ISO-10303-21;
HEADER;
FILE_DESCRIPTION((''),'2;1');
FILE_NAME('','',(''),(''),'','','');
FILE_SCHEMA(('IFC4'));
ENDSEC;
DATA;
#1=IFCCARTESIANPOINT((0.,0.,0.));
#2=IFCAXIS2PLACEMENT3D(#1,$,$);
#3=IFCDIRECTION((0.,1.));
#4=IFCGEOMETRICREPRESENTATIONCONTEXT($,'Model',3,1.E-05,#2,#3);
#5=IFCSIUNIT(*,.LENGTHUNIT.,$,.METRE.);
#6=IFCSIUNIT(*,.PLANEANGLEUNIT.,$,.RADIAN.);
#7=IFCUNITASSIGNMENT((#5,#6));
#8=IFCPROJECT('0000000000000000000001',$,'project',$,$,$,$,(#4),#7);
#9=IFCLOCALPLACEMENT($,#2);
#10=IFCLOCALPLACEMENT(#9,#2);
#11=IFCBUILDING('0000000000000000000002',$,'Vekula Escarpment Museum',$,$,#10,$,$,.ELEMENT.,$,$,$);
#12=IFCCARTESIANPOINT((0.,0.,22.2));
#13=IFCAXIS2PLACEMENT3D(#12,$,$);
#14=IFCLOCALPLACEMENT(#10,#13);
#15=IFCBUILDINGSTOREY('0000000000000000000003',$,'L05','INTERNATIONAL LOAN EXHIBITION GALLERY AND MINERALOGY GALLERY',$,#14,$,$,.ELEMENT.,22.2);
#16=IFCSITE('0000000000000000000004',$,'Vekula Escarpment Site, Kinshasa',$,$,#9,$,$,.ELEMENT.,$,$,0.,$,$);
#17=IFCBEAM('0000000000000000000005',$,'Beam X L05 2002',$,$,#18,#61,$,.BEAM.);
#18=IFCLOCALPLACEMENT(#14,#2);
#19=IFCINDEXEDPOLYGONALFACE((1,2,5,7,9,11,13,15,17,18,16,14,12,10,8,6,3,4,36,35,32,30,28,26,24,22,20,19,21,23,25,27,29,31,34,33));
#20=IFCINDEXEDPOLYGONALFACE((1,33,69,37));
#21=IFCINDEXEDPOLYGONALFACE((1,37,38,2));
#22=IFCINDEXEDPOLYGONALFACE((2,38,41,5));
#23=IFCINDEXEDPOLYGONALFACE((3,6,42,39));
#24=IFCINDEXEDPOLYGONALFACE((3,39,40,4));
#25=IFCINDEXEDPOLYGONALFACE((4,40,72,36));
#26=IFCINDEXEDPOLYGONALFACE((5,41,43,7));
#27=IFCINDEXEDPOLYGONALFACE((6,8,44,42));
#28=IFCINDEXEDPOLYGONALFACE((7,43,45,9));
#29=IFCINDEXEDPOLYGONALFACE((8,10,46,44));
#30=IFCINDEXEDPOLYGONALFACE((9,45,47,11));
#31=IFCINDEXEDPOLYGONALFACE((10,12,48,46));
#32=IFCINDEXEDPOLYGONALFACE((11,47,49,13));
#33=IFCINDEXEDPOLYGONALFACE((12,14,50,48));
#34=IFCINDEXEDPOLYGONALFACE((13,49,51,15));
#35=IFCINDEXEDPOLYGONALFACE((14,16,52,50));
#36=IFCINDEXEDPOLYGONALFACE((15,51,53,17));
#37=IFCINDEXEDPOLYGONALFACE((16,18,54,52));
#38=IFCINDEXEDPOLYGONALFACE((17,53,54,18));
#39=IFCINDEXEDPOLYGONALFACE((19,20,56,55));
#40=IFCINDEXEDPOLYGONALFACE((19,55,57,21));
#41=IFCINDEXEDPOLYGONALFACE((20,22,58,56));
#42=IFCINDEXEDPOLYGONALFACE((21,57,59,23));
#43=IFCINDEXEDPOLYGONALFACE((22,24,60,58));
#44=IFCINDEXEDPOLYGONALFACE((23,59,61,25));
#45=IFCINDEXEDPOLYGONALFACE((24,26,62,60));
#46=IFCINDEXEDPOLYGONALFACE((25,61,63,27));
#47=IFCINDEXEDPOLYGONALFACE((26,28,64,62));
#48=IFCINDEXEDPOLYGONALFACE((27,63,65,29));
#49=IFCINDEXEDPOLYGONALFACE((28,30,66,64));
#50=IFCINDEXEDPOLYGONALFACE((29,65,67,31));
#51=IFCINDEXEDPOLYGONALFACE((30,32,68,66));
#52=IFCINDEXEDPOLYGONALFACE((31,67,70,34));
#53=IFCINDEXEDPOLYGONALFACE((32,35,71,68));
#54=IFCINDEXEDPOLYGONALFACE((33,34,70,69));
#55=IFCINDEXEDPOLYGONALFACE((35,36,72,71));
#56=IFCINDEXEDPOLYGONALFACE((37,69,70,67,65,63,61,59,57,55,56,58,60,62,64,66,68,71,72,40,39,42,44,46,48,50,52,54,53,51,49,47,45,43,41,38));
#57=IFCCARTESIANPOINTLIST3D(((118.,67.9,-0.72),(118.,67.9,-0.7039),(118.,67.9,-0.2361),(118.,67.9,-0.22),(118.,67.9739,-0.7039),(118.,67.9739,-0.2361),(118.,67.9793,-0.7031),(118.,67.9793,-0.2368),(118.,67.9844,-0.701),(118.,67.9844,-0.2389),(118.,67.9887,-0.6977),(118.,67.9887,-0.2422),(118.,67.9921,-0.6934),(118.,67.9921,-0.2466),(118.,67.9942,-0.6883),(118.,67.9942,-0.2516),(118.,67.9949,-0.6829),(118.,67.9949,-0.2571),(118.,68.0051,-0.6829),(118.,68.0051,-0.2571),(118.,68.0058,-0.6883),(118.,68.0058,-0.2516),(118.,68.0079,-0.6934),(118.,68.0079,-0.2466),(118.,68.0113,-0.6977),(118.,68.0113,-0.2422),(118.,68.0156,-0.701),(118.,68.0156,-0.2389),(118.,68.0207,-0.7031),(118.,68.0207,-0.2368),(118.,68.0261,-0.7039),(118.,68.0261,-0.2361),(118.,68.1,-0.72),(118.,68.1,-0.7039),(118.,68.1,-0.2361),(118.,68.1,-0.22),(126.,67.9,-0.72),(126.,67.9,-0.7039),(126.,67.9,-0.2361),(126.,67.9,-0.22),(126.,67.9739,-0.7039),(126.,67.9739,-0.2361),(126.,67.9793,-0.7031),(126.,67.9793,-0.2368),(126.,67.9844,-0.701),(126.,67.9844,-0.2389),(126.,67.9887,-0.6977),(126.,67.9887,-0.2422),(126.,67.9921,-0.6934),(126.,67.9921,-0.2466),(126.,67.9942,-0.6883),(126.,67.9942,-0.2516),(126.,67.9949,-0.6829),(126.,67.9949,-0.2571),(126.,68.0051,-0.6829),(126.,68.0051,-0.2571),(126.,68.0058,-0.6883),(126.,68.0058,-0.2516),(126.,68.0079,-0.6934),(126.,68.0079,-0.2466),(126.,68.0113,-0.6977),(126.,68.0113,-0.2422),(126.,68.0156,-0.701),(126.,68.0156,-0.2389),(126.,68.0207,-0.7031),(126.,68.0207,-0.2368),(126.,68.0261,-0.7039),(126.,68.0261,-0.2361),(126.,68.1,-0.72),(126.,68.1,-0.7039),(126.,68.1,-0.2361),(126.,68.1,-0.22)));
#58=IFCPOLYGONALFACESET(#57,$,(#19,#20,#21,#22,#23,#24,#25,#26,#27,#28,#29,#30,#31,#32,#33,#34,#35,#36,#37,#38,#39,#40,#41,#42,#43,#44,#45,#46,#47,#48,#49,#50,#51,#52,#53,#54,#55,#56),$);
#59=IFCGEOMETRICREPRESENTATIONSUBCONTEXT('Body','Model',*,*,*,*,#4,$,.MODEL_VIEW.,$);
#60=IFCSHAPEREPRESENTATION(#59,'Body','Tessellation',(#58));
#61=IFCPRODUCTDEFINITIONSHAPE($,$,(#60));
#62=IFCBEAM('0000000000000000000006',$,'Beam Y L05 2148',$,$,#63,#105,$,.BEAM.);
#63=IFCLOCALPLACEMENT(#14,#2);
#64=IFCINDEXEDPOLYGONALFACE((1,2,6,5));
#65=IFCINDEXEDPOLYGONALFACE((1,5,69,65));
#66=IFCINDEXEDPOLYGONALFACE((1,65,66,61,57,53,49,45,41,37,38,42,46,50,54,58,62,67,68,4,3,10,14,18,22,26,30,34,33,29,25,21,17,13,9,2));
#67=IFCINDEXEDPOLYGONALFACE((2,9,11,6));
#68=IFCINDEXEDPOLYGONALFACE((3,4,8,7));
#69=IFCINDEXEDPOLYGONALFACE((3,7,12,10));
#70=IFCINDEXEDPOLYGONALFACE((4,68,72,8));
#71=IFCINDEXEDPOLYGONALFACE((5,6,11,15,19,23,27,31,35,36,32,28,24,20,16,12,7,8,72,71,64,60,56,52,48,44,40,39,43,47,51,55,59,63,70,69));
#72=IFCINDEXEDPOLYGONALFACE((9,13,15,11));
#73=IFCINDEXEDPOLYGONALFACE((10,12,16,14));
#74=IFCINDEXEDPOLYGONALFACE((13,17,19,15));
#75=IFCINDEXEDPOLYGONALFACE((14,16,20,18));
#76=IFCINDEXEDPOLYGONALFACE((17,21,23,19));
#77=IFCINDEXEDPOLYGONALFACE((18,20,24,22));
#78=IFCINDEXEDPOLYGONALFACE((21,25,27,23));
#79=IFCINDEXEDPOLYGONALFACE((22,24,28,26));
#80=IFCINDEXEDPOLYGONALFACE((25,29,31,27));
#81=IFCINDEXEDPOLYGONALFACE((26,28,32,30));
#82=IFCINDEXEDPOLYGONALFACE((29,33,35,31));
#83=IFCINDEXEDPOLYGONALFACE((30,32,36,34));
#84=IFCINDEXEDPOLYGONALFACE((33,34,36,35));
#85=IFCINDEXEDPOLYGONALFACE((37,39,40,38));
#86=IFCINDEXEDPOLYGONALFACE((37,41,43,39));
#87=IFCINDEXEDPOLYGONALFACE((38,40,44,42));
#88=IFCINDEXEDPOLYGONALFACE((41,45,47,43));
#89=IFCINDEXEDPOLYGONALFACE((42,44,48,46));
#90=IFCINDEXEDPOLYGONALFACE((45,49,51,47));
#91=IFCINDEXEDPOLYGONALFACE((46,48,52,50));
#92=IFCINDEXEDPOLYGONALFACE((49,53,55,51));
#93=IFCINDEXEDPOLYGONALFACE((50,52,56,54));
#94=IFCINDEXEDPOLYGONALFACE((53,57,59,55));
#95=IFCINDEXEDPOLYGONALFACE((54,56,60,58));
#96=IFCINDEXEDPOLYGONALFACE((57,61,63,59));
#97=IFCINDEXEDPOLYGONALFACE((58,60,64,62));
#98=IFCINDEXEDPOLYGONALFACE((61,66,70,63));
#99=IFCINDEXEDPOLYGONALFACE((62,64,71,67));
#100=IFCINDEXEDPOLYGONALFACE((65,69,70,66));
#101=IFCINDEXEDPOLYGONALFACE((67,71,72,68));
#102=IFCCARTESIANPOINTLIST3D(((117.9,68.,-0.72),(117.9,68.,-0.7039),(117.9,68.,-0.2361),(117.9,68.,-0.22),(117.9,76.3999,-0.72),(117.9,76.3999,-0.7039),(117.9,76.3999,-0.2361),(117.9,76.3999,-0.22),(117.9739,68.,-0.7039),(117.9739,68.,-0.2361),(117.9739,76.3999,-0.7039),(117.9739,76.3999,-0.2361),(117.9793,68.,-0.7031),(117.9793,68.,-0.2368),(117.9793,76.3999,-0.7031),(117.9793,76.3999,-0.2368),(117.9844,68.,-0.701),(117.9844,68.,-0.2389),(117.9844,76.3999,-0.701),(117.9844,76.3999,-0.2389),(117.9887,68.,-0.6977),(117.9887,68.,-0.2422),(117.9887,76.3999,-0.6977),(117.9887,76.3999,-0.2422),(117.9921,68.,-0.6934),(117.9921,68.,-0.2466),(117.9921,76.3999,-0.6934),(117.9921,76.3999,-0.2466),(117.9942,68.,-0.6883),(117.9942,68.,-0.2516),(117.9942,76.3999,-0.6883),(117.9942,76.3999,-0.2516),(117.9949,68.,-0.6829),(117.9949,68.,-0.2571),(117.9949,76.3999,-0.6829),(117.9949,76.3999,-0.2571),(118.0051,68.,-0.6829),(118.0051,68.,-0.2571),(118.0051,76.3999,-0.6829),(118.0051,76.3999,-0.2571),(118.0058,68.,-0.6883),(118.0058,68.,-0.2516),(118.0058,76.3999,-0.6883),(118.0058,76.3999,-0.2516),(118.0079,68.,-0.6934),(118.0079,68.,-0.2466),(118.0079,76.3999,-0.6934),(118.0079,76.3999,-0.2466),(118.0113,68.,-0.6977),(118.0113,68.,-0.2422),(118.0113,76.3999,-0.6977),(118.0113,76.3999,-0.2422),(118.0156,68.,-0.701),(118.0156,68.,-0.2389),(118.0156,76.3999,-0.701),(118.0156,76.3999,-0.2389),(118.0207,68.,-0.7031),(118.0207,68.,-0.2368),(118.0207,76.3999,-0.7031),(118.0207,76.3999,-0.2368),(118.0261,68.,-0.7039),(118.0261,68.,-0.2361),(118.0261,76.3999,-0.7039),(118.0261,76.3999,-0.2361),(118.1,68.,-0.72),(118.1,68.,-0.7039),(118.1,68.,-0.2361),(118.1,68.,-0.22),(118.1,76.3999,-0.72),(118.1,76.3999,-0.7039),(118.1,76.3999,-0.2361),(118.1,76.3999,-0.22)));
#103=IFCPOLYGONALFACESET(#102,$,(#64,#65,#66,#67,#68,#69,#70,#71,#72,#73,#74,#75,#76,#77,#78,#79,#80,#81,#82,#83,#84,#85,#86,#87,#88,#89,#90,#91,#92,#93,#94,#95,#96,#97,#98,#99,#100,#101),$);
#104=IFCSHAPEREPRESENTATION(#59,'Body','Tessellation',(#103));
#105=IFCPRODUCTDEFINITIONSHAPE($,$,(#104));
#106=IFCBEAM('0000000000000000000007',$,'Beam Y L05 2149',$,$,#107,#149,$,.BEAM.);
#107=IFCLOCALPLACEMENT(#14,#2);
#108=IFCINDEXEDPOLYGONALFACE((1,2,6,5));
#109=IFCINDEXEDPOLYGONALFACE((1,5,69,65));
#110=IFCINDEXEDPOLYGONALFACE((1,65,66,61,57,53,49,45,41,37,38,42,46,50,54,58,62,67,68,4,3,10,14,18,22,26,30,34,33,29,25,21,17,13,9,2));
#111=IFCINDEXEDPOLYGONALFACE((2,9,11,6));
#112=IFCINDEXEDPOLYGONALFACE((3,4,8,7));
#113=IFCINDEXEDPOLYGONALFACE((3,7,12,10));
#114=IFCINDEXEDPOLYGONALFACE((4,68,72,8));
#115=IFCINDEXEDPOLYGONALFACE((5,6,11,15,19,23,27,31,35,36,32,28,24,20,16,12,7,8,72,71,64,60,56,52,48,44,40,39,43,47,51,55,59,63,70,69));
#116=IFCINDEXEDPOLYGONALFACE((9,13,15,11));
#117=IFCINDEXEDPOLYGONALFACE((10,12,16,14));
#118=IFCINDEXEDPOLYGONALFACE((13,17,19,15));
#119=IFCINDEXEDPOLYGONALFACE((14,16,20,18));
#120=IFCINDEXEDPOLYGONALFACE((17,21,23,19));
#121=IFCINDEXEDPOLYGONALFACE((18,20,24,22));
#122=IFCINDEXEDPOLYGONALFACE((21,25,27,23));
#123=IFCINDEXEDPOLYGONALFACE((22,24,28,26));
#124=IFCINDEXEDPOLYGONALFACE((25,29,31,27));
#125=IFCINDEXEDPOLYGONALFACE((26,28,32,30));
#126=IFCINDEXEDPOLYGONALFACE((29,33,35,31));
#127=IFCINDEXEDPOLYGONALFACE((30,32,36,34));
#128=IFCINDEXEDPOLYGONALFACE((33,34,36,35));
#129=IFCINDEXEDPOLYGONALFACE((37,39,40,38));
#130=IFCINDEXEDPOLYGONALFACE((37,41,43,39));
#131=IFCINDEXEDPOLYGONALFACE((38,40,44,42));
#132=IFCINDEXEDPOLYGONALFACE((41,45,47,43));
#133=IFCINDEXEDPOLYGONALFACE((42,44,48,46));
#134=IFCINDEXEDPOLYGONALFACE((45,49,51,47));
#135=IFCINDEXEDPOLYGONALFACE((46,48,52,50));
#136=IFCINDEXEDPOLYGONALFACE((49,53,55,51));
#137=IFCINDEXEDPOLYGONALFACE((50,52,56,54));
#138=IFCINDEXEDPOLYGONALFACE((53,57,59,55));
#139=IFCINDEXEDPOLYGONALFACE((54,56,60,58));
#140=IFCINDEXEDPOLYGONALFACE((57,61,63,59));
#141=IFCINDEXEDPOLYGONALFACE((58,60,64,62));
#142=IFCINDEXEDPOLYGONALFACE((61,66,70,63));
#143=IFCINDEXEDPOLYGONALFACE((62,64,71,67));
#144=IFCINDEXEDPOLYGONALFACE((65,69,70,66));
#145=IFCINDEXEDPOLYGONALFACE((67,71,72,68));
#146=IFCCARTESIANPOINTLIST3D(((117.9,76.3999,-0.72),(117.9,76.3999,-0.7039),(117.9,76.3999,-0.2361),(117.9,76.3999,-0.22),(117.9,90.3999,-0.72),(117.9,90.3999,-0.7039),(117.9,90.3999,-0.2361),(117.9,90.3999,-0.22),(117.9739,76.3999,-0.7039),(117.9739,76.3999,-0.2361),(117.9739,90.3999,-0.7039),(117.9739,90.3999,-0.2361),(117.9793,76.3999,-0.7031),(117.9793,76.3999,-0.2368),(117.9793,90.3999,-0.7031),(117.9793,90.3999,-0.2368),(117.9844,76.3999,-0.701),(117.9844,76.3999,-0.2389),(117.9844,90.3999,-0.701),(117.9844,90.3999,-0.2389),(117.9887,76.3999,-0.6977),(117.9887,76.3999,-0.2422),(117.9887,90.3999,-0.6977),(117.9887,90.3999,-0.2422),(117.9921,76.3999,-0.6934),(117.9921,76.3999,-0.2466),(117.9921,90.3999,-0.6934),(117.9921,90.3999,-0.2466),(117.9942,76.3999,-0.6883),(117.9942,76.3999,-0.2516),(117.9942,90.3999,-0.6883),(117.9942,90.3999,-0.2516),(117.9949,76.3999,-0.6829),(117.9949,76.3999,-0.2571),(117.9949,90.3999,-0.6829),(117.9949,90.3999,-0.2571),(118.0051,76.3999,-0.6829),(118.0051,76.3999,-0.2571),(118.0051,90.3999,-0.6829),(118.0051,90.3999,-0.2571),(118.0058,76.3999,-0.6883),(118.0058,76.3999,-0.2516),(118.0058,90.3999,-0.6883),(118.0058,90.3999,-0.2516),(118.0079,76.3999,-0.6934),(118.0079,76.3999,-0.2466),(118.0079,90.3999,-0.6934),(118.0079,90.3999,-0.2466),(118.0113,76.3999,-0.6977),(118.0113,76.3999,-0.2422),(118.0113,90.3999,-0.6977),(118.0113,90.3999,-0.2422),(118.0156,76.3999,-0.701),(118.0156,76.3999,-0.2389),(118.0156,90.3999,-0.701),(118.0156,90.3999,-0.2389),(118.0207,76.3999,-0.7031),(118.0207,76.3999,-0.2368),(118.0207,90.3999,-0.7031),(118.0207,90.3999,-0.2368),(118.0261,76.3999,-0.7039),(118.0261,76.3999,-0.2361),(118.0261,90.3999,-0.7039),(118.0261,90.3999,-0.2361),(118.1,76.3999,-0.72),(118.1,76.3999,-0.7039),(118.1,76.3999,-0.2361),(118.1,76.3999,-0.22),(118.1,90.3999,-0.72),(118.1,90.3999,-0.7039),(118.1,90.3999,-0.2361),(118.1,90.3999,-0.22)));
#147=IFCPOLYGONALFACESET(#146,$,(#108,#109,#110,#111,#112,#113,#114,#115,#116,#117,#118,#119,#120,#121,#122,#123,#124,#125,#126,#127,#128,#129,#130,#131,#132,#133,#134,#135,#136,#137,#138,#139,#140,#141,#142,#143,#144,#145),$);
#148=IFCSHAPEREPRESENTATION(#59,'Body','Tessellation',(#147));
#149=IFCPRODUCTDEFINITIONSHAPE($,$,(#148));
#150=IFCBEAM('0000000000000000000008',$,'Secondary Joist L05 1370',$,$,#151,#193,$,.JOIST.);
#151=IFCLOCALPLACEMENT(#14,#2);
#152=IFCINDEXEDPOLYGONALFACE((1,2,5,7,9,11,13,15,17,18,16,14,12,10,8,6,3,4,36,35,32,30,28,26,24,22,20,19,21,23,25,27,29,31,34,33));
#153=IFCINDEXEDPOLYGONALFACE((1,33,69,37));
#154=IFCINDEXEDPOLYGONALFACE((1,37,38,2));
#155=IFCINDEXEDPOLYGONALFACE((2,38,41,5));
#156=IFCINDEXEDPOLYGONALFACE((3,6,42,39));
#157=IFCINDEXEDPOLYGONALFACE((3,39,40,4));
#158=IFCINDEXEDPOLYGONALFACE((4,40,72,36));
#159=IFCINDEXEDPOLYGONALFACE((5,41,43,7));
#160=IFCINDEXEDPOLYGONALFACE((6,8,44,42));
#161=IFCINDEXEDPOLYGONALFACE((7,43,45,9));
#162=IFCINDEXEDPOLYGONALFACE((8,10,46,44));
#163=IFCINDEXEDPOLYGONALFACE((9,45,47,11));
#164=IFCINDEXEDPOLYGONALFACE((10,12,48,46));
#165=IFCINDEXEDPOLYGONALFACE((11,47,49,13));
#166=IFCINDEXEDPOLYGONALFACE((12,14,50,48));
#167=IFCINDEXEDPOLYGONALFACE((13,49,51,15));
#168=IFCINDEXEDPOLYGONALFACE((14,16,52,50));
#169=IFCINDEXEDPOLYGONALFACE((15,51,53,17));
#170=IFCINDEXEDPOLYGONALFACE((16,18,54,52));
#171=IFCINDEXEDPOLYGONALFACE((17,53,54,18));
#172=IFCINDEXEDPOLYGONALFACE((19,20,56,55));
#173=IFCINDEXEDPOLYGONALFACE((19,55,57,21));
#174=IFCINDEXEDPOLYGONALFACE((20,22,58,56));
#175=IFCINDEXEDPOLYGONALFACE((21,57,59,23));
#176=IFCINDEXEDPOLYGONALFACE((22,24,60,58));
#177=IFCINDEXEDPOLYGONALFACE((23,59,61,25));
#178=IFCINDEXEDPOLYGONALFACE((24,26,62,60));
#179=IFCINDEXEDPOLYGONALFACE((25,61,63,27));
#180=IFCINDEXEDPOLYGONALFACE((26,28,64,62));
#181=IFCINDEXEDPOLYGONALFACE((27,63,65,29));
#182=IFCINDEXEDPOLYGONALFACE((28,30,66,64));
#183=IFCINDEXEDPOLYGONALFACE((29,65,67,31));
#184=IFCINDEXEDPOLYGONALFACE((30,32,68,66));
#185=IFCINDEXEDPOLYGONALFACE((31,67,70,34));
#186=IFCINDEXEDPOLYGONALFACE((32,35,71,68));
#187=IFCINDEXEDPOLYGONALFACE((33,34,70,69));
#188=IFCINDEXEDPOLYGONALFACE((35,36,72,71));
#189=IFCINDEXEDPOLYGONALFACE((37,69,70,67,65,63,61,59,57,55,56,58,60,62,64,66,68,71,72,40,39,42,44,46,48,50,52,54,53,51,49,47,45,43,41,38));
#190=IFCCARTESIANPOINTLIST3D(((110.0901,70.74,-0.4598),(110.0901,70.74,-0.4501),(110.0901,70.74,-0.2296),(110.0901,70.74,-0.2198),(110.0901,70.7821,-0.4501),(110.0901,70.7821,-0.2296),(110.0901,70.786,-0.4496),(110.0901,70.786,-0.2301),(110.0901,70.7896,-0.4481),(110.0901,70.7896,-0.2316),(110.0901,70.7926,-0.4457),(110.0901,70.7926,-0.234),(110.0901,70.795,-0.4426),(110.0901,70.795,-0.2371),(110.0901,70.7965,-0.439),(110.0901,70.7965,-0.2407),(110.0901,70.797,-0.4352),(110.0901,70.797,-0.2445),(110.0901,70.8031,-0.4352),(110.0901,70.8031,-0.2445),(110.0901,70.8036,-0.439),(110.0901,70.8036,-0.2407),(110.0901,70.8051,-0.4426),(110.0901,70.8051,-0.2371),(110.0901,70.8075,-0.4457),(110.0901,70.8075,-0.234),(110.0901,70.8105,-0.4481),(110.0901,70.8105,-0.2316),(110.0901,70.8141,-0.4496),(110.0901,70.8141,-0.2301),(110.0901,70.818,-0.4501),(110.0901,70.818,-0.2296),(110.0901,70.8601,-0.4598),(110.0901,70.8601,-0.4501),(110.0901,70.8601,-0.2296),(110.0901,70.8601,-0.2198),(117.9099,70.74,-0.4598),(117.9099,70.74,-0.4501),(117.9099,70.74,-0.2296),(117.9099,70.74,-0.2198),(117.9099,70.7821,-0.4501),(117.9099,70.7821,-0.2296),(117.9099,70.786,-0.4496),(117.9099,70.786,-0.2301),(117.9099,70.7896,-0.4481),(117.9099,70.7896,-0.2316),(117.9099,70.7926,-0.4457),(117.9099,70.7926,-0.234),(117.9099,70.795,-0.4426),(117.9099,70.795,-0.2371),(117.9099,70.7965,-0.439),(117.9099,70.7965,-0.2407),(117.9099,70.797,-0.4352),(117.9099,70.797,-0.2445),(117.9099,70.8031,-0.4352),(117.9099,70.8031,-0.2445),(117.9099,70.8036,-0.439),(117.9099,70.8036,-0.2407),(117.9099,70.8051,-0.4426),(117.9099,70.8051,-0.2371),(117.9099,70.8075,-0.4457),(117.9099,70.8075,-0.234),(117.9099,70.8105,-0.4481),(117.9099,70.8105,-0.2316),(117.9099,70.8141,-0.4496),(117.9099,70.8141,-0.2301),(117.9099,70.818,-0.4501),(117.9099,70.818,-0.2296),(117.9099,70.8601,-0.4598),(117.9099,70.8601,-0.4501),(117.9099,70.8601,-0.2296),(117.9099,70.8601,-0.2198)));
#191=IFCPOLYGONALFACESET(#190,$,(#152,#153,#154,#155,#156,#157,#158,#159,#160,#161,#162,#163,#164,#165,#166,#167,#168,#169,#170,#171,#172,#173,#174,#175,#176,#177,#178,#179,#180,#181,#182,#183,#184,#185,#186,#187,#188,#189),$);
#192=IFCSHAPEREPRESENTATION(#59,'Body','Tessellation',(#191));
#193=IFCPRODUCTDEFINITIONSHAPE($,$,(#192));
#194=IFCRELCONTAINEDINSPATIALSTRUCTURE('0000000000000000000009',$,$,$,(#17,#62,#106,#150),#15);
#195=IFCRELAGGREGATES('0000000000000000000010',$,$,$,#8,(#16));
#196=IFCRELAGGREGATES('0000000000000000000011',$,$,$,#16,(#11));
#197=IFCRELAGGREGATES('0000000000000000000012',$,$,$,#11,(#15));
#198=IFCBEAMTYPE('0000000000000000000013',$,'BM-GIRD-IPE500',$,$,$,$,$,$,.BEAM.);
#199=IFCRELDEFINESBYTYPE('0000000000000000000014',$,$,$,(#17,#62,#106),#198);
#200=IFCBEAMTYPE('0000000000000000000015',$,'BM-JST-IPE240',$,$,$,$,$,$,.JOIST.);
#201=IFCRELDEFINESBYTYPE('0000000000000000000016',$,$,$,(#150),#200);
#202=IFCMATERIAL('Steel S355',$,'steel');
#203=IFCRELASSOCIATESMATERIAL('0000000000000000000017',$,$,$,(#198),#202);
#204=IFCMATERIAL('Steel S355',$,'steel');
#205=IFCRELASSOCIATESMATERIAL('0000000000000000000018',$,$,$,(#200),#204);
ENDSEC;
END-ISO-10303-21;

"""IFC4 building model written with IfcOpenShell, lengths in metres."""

from ifc_helpers import new_model, si_unit, direction, frame, origin, origin_2d, place, context, subcontext, project, spatial, i_section, extrude, material, material_profile, profile_set, type_object, element, save


model = new_model("IFC4")

# Units and contexts
model_context = context("Model", 3, precision=1e-05, world=origin(), true_north=direction((0.0, 1.0)))
body_context = subcontext(model_context, "Body", "Model", "MODEL_VIEW")
ifc_project = project(units=[si_unit("LENGTHUNIT", "METRE"), si_unit("PLANEANGLEUNIT", "RADIAN")], contexts=[model_context])

# Site, building, storey
site_placement = place(None, origin())
site = spatial("IfcSite", under=ifc_project, at=site_placement, Name="Vekula Escarpment Site, Kinshasa", CompositionType="ELEMENT", RefElevation=0.0)
building_placement = place(site_placement, origin())
building = spatial("IfcBuilding", under=site, at=building_placement, Name="Vekula Escarpment Museum", CompositionType="ELEMENT")
storey_placement = place(building_placement, frame((0.0, 0.0, 22.2)))
storey = spatial("IfcBuildingStorey", under=building, at=storey_placement, Name="L05", Description="INTERNATIONAL LOAN EXHIBITION GALLERY AND MINERALOGY GALLERY", CompositionType="ELEMENT", Elevation=22.2)

# Beams
ifc_material_1 = material(Name="Steel S355", Category="steel")
ifc_material_profile_1 = material_profile(ifc_material_1, i_section(OverallWidth=0.2, OverallDepth=0.5, WebThickness=0.0103, FlangeThickness=0.0161, FilletRadius=0.021, at=origin_2d()), Name="IPE 500")
ifc_profile_set_1 = profile_set([ifc_material_profile_1], Name="Steel S355")
beam_type_1 = type_object("IfcBeamType", Name="BM-GIRD-IPE500", PredefinedType="BEAM", material=ifc_profile_set_1)
beam_1_placement = place(storey_placement, frame((118.0, 68.0, -0.47), z_axis=(1.0, 0.0, 0.0), x_axis=(0.0, 1.0, 0.0)))
element("IfcBeam", 1, at=beam_1_placement, inside=storey, type_object=beam_type_1, Name="Beam X L05 2002", PredefinedType="BEAM", context=body_context, shape_type="SweptSolid", body=[
    extrude(i_section(OverallWidth=0.2, OverallDepth=0.5, WebThickness=0.0103, FlangeThickness=0.0161, FilletRadius=0.021, at=origin_2d()), origin(), (0.0, 0.0, 1.0), 8.0),
])
beam_2_placement = place(storey_placement, frame((118.0, 68.0, -0.47), z_axis=(0.0, 1.0, 0.0), x_axis=(-1.0, 0.0, 0.0)))
element("IfcBeam", 2, at=beam_2_placement, inside=storey, type_object=beam_type_1, Name="Beam Y L05 2148", PredefinedType="BEAM", context=body_context, shape_type="SweptSolid", body=[
    extrude(i_section(OverallWidth=0.2, OverallDepth=0.5, WebThickness=0.0103, FlangeThickness=0.0161, FilletRadius=0.021, at=origin_2d()), origin(), (0.0, 0.0, 1.0), 8.3999),
])
beam_3_placement = place(storey_placement, frame((118.0, 76.3999, -0.47), z_axis=(0.0, 1.0, 0.0), x_axis=(-1.0, 0.0, 0.0)))
element("IfcBeam", 3, at=beam_3_placement, inside=storey, type_object=beam_type_1, Name="Beam Y L05 2149", PredefinedType="BEAM", context=body_context, shape_type="SweptSolid", body=[
    extrude(i_section(OverallWidth=0.2, OverallDepth=0.5, WebThickness=0.0103, FlangeThickness=0.0161, FilletRadius=0.021, at=origin_2d()), origin(), (0.0, 0.0, 1.0), 14.0),
])
ifc_material_2 = material(Name="Steel S355", Category="steel")
ifc_material_profile_2 = material_profile(ifc_material_2, i_section(OverallWidth=0.1201, OverallDepth=0.24, WebThickness=0.0061, FlangeThickness=0.0098, FilletRadius=0.0149, at=origin_2d()), Name="IPE 240")
ifc_profile_set_2 = profile_set([ifc_material_profile_2], Name="Steel S355")
beam_type_2 = type_object("IfcBeamType", Name="BM-JST-IPE240", PredefinedType="JOIST", material=ifc_profile_set_2)
for number, where, z_axis, x_axis, name in (
    (4, (110.0901, 70.8, -0.3398), (1.0, 0.0, 0.0), (0.0, 1.0, 0.0), "Secondary Joist L05 1370"),
):
    element("IfcBeam", number, at=place(storey_placement, frame(where, z_axis=z_axis, x_axis=x_axis)), inside=storey, type_object=beam_type_2, Name=name, PredefinedType="JOIST", context=body_context, shape_type="SweptSolid", body=[
        extrude(i_section(OverallWidth=0.1201, OverallDepth=0.24, WebThickness=0.0061, FlangeThickness=0.0098, FilletRadius=0.0149, at=origin_2d()), origin(), (0.0, 0.0, 1.0), 7.8198),
    ])

save(model, "model.ifc")
